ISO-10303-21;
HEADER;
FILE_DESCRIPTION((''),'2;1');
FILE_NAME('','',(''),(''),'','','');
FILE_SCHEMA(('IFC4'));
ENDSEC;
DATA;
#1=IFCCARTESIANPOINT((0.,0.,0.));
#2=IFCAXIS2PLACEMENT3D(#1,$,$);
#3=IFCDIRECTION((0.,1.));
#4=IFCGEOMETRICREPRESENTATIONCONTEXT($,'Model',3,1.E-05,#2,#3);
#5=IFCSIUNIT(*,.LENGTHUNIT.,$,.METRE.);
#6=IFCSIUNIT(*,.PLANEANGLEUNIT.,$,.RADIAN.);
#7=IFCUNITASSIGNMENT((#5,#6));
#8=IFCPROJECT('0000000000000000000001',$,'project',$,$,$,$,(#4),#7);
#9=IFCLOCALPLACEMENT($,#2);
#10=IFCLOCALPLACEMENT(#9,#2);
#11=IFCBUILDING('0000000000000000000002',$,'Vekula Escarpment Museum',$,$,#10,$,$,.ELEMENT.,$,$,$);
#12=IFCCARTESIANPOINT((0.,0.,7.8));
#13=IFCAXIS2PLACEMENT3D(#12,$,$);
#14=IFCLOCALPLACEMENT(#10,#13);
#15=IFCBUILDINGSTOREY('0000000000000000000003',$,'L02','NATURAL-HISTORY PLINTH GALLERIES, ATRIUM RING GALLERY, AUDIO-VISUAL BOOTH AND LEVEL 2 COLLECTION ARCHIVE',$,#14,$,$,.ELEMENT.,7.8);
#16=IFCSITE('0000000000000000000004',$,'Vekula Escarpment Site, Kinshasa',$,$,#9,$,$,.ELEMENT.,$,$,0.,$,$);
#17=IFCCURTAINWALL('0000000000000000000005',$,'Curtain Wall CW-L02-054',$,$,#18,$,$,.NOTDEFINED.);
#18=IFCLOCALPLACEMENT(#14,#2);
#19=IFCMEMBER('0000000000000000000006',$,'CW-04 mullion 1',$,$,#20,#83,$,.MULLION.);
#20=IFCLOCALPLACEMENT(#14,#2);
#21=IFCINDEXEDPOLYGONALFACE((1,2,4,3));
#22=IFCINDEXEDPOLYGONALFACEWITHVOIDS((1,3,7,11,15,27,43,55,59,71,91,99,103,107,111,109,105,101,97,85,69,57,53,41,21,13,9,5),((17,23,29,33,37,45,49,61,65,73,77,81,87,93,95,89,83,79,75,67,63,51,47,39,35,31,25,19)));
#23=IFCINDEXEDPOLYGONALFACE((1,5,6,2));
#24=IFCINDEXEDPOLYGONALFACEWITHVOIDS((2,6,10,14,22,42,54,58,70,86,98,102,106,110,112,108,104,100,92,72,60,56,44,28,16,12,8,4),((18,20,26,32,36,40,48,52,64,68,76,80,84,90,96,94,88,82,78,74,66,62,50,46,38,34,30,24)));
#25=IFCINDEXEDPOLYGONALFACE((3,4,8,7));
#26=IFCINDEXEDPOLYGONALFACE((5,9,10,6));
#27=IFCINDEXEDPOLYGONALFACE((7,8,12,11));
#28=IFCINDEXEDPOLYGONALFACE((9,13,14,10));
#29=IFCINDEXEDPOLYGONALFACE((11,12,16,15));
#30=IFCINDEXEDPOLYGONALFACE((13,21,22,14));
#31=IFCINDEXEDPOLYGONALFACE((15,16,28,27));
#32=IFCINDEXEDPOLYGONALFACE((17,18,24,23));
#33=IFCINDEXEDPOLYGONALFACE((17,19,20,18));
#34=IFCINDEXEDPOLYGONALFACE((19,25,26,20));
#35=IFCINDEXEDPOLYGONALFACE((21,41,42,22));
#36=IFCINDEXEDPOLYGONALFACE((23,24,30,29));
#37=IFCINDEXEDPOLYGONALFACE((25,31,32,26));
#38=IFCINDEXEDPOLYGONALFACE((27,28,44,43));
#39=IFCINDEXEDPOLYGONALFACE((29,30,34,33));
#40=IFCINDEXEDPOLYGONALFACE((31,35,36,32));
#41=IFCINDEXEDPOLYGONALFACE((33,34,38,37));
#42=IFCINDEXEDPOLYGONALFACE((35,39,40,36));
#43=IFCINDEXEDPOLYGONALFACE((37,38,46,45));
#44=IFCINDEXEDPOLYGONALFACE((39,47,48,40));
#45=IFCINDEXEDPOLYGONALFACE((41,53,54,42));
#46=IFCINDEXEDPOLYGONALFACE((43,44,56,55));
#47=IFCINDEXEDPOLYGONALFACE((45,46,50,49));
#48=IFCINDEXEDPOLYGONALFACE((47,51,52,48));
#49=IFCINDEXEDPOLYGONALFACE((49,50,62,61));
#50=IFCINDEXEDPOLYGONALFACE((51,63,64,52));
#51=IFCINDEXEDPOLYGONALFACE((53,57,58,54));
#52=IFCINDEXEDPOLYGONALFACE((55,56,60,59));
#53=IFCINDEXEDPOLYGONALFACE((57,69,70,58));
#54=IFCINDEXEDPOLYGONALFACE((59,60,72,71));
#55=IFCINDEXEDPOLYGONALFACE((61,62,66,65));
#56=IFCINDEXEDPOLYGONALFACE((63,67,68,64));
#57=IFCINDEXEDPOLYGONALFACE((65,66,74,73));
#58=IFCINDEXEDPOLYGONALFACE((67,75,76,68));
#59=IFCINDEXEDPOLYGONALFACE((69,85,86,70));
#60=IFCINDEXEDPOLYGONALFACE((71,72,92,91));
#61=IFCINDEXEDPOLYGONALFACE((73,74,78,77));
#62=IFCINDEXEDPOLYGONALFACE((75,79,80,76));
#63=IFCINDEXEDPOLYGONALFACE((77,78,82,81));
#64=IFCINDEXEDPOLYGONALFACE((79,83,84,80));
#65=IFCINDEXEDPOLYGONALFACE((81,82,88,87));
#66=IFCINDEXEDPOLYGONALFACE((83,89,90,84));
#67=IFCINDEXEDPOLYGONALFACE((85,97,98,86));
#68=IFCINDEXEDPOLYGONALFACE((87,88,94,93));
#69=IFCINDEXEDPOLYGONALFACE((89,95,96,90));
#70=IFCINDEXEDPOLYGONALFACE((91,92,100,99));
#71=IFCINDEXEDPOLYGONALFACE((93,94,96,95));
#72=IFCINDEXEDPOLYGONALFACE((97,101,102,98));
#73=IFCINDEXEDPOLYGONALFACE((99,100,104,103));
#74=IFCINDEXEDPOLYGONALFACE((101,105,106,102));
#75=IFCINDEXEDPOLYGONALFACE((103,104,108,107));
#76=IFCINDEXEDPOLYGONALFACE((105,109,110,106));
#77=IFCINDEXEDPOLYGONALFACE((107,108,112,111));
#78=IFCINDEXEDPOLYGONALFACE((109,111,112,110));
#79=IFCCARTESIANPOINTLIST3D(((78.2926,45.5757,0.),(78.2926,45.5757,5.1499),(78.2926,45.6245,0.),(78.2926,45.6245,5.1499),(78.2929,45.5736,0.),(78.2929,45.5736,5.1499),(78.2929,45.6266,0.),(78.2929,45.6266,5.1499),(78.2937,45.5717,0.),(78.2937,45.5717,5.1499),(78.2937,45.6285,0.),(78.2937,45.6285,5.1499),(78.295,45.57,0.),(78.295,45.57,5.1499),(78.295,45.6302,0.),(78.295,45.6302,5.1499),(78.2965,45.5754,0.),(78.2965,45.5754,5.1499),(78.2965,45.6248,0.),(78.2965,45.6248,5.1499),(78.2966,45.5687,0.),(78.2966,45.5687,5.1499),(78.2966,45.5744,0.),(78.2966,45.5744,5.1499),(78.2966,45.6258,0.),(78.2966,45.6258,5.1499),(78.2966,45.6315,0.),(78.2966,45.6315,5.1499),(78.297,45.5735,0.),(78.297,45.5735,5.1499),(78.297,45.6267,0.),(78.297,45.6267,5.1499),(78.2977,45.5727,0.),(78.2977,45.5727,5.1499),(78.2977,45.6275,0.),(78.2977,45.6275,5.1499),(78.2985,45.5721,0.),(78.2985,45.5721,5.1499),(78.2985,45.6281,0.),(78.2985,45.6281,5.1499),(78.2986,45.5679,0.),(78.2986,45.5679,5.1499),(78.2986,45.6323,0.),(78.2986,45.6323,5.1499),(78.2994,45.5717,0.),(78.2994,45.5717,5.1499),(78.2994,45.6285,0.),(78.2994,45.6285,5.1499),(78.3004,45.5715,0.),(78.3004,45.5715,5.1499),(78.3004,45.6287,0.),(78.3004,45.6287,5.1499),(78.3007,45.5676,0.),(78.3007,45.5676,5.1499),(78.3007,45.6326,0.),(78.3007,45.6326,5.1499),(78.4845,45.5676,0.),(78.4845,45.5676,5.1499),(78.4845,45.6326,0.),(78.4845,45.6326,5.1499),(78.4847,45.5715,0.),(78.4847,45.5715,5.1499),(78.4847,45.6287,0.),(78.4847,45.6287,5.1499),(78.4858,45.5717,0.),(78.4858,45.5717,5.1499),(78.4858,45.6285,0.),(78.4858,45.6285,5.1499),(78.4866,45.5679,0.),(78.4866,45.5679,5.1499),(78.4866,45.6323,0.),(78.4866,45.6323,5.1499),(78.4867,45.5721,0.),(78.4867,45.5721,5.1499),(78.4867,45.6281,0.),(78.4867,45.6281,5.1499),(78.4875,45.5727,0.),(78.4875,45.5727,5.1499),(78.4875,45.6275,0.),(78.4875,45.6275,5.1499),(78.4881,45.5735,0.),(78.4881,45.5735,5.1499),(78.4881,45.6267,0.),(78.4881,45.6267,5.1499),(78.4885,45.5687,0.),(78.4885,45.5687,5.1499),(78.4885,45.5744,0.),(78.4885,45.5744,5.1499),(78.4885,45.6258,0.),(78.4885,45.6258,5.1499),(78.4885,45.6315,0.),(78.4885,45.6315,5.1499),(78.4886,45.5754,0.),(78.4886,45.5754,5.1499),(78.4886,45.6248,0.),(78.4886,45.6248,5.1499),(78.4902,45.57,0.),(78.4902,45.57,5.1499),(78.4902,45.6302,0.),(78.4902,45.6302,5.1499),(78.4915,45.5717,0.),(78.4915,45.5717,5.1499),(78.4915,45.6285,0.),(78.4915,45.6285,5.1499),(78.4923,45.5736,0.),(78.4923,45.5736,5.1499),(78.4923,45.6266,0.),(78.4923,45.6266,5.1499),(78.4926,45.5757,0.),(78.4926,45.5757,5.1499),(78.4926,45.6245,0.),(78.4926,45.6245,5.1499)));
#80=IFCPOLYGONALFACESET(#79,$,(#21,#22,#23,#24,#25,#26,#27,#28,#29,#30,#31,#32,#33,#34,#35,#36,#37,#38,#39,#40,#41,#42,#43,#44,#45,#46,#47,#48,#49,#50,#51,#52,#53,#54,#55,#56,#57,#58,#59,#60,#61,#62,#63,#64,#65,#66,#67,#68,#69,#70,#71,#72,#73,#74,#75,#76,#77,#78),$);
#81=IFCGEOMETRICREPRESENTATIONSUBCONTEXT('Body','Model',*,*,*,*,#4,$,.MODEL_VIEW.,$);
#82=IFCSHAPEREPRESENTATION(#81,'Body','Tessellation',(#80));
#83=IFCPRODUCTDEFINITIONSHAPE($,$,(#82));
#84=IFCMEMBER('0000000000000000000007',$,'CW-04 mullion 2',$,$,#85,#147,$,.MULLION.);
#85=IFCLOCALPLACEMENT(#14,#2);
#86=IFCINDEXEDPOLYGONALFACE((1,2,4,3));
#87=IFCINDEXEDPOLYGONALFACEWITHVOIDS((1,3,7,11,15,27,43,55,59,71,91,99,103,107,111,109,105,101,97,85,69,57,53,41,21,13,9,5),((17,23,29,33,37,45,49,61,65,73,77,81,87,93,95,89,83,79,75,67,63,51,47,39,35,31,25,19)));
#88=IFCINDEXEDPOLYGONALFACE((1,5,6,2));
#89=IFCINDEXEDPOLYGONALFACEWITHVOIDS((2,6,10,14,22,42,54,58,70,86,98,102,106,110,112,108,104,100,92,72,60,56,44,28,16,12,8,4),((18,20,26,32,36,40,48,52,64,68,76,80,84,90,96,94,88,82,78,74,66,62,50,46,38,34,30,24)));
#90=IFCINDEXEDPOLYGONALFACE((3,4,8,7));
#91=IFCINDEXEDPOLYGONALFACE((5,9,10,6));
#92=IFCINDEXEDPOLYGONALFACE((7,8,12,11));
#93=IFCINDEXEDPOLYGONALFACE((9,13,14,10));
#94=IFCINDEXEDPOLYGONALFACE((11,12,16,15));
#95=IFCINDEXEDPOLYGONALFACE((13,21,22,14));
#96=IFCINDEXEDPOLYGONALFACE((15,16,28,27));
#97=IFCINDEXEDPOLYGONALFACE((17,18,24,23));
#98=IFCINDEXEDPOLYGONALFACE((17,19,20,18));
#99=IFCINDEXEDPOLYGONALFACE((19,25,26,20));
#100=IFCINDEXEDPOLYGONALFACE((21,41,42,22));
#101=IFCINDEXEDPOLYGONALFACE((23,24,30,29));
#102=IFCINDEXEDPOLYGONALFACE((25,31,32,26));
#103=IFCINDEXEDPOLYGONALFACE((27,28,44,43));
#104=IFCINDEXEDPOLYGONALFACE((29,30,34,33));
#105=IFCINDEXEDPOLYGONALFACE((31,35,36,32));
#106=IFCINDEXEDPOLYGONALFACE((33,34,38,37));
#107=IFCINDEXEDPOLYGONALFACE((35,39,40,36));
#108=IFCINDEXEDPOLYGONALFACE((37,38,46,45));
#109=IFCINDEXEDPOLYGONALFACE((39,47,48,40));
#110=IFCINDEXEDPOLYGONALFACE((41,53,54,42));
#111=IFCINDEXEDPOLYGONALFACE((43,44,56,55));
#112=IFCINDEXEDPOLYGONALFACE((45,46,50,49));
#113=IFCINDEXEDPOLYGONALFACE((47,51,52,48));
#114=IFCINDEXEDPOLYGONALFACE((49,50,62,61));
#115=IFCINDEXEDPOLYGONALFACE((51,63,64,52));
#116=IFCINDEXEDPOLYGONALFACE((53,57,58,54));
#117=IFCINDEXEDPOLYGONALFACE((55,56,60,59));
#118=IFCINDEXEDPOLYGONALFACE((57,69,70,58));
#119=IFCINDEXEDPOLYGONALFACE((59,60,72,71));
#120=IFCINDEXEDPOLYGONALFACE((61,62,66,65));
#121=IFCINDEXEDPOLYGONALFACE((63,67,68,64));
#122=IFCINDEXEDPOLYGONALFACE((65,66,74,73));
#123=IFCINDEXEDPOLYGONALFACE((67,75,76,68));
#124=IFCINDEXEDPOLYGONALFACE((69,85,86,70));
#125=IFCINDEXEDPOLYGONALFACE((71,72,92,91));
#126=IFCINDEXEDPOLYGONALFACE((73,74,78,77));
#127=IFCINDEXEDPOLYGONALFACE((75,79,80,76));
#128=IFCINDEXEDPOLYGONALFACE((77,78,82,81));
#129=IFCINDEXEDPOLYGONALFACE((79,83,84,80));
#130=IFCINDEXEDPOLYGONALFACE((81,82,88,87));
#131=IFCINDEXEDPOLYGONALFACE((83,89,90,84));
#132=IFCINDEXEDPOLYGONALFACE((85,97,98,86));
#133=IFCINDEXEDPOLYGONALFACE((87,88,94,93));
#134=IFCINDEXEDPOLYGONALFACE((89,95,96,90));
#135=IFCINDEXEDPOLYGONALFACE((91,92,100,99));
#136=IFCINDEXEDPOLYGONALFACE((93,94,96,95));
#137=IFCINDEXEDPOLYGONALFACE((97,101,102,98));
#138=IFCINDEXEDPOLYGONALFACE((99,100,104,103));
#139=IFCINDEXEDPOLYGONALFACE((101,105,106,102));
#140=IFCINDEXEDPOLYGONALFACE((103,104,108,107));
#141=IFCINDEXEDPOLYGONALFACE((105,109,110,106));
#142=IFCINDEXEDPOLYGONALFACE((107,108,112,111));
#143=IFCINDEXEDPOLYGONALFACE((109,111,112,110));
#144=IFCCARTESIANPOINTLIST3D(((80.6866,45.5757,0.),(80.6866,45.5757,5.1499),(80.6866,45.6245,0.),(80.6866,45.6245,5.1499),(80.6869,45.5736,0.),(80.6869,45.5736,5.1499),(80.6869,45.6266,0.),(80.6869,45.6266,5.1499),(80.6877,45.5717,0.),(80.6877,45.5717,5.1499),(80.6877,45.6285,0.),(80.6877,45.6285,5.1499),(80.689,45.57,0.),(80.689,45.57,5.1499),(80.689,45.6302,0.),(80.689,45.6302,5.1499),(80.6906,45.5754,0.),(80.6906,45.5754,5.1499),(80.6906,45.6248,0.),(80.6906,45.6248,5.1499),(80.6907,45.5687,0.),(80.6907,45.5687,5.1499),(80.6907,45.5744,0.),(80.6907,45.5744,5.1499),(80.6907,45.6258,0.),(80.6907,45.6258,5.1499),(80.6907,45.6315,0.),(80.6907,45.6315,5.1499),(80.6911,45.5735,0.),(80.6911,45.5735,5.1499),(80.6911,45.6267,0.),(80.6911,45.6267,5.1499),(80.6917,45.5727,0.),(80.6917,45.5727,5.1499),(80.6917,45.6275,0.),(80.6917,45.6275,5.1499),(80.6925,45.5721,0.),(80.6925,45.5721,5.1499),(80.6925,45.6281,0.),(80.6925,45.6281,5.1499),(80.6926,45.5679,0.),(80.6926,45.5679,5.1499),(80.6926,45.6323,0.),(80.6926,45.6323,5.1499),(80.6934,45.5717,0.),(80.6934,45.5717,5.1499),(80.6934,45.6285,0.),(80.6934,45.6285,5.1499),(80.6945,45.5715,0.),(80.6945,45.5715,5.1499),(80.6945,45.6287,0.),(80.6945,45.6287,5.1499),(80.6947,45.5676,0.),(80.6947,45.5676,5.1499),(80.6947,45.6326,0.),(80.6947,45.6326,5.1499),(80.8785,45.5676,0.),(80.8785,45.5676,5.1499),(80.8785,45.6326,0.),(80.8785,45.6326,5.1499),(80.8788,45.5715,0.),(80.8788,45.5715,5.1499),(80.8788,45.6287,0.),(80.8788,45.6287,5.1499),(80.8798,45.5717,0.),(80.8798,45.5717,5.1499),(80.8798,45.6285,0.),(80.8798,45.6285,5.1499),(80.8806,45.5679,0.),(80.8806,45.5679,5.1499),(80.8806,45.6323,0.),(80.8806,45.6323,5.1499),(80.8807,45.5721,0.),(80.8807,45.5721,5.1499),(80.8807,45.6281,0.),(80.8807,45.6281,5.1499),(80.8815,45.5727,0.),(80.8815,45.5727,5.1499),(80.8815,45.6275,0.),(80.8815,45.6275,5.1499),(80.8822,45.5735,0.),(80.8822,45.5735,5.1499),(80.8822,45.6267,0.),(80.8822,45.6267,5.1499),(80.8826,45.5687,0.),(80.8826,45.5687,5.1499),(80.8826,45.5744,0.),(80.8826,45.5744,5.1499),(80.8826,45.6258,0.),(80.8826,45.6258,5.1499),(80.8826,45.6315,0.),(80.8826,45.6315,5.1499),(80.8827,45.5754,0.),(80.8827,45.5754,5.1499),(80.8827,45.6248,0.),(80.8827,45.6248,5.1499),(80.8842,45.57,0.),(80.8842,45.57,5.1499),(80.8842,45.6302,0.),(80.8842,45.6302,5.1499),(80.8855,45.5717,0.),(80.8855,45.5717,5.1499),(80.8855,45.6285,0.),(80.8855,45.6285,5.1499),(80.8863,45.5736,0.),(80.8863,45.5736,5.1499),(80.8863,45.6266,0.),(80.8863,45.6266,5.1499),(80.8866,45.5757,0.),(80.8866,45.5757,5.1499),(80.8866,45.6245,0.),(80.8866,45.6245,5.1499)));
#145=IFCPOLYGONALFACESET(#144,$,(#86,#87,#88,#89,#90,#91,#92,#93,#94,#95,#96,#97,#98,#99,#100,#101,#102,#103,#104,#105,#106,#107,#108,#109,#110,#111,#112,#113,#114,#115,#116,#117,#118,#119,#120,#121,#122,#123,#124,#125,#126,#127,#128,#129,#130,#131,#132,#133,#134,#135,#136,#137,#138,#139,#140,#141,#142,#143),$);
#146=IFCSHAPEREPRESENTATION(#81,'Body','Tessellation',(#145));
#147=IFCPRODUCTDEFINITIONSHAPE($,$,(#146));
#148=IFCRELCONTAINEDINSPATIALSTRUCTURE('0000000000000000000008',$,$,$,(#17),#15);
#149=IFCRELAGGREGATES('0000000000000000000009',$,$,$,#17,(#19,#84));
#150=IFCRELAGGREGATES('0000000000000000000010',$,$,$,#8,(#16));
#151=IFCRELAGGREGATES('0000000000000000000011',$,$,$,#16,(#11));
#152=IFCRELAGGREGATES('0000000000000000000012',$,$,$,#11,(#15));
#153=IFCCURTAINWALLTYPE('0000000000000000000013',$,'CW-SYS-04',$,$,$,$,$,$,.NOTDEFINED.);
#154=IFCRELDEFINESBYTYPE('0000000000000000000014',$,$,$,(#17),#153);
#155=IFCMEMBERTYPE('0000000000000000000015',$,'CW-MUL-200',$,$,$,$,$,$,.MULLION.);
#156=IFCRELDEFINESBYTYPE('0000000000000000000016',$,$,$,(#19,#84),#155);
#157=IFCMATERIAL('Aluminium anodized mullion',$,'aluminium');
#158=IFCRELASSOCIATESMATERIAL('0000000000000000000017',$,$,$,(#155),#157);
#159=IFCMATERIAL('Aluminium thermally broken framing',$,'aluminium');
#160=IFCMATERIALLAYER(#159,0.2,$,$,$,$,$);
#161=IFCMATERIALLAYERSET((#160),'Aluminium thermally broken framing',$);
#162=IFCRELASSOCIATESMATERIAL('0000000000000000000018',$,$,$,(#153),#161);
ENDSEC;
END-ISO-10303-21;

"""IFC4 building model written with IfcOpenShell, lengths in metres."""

from ifc_helpers import new_model, si_unit, direction, frame, origin, origin_2d, place, context, subcontext, project, spatial, hollow_rectangle, extrude, material, layer, layer_set, material_profile, profile_set, type_object, element, aggregate, save


model = new_model("IFC4")

# Units and contexts
model_context = context("Model", 3, precision=1e-05, world=origin(), true_north=direction((0.0, 1.0)))
body_context = subcontext(model_context, "Body", "Model", "MODEL_VIEW")
ifc_project = project(units=[si_unit("LENGTHUNIT", "METRE"), si_unit("PLANEANGLEUNIT", "RADIAN")], contexts=[model_context])

# Site, building, storey
site_placement = place(None, origin())
site = spatial("IfcSite", under=ifc_project, at=site_placement, Name="Vekula Escarpment Site, Kinshasa", CompositionType="ELEMENT", RefElevation=0.0)
building_placement = place(site_placement, origin())
building = spatial("IfcBuilding", under=site, at=building_placement, Name="Vekula Escarpment Museum", CompositionType="ELEMENT")
storey_placement = place(building_placement, frame((0.0, 0.0, 7.8)))
storey = spatial("IfcBuildingStorey", under=building, at=storey_placement, Name="L02", Description="NATURAL-HISTORY PLINTH GALLERIES, ATRIUM RING GALLERY, AUDIO-VISUAL BOOTH AND LEVEL 2 COLLECTION ARCHIVE", CompositionType="ELEMENT", Elevation=7.8)

# Curtain wall, members
ifc_material_1 = material(Name="Aluminium anodized mullion", Category="aluminium")
ifc_material_profile_1 = material_profile(ifc_material_1, hollow_rectangle(XDim=0.0649, YDim=0.2, WallThickness=0.0039, InnerFilletRadius=0.0039, OuterFilletRadius=0.0081, at=origin_2d()), Name="ALU 200x65x4")
ifc_profile_set_1 = profile_set([ifc_material_profile_1], Name="Aluminium anodized mullion")
member_type_1 = type_object("IfcMemberType", Name="CW-MUL-200", PredefinedType="MULLION", material=ifc_profile_set_1)
ifc_material_2 = material(Name="Aluminium thermally broken framing", Category="aluminium")
ifc_layer_1 = layer(ifc_material_2, 0.2)
ifc_layer_set_1 = layer_set([ifc_layer_1], Name="Aluminium thermally broken framing")
curtain_wall_type_1 = type_object("IfcCurtainWallType", Name="CW-SYS-04", PredefinedType="NOTDEFINED", material=ifc_layer_set_1)
curtain_wall_1_placement = place(storey_placement, origin())
curtain_wall_1 = element("IfcCurtainWall", 1, at=curtain_wall_1_placement, inside=storey, type_object=curtain_wall_type_1, Name="Curtain Wall CW-L02-054", PredefinedType="NOTDEFINED")
member_1_placement = place(storey_placement, frame((78.3926, 45.6001, 0.0), z_axis=(0.0, 0.0, 1.0), x_axis=(0.0, 1.0, 0.0)))
member_1 = element("IfcMember", 2, at=member_1_placement, type_object=member_type_1, Name="CW-04 mullion 1", PredefinedType="MULLION", context=body_context, shape_type="SweptSolid", body=[
    extrude(hollow_rectangle(XDim=0.0649, YDim=0.2, WallThickness=0.0039, InnerFilletRadius=0.0039, OuterFilletRadius=0.0081, at=origin_2d()), origin(), (0.0, 0.0, 1.0), 5.1499),
])
member_2_placement = place(storey_placement, frame((80.7866, 45.6001, 0.0), z_axis=(0.0, 0.0, 1.0), x_axis=(0.0, 1.0, 0.0)))
member_2 = element("IfcMember", 3, at=member_2_placement, type_object=member_type_1, Name="CW-04 mullion 2", PredefinedType="MULLION", context=body_context, shape_type="SweptSolid", body=[
    extrude(hollow_rectangle(XDim=0.0649, YDim=0.2, WallThickness=0.0039, InnerFilletRadius=0.0039, OuterFilletRadius=0.0081, at=origin_2d()), origin(), (0.0, 0.0, 1.0), 5.1499),
])

aggregate(curtain_wall_1, [member_1, member_2])

save(model, "model.ifc")
